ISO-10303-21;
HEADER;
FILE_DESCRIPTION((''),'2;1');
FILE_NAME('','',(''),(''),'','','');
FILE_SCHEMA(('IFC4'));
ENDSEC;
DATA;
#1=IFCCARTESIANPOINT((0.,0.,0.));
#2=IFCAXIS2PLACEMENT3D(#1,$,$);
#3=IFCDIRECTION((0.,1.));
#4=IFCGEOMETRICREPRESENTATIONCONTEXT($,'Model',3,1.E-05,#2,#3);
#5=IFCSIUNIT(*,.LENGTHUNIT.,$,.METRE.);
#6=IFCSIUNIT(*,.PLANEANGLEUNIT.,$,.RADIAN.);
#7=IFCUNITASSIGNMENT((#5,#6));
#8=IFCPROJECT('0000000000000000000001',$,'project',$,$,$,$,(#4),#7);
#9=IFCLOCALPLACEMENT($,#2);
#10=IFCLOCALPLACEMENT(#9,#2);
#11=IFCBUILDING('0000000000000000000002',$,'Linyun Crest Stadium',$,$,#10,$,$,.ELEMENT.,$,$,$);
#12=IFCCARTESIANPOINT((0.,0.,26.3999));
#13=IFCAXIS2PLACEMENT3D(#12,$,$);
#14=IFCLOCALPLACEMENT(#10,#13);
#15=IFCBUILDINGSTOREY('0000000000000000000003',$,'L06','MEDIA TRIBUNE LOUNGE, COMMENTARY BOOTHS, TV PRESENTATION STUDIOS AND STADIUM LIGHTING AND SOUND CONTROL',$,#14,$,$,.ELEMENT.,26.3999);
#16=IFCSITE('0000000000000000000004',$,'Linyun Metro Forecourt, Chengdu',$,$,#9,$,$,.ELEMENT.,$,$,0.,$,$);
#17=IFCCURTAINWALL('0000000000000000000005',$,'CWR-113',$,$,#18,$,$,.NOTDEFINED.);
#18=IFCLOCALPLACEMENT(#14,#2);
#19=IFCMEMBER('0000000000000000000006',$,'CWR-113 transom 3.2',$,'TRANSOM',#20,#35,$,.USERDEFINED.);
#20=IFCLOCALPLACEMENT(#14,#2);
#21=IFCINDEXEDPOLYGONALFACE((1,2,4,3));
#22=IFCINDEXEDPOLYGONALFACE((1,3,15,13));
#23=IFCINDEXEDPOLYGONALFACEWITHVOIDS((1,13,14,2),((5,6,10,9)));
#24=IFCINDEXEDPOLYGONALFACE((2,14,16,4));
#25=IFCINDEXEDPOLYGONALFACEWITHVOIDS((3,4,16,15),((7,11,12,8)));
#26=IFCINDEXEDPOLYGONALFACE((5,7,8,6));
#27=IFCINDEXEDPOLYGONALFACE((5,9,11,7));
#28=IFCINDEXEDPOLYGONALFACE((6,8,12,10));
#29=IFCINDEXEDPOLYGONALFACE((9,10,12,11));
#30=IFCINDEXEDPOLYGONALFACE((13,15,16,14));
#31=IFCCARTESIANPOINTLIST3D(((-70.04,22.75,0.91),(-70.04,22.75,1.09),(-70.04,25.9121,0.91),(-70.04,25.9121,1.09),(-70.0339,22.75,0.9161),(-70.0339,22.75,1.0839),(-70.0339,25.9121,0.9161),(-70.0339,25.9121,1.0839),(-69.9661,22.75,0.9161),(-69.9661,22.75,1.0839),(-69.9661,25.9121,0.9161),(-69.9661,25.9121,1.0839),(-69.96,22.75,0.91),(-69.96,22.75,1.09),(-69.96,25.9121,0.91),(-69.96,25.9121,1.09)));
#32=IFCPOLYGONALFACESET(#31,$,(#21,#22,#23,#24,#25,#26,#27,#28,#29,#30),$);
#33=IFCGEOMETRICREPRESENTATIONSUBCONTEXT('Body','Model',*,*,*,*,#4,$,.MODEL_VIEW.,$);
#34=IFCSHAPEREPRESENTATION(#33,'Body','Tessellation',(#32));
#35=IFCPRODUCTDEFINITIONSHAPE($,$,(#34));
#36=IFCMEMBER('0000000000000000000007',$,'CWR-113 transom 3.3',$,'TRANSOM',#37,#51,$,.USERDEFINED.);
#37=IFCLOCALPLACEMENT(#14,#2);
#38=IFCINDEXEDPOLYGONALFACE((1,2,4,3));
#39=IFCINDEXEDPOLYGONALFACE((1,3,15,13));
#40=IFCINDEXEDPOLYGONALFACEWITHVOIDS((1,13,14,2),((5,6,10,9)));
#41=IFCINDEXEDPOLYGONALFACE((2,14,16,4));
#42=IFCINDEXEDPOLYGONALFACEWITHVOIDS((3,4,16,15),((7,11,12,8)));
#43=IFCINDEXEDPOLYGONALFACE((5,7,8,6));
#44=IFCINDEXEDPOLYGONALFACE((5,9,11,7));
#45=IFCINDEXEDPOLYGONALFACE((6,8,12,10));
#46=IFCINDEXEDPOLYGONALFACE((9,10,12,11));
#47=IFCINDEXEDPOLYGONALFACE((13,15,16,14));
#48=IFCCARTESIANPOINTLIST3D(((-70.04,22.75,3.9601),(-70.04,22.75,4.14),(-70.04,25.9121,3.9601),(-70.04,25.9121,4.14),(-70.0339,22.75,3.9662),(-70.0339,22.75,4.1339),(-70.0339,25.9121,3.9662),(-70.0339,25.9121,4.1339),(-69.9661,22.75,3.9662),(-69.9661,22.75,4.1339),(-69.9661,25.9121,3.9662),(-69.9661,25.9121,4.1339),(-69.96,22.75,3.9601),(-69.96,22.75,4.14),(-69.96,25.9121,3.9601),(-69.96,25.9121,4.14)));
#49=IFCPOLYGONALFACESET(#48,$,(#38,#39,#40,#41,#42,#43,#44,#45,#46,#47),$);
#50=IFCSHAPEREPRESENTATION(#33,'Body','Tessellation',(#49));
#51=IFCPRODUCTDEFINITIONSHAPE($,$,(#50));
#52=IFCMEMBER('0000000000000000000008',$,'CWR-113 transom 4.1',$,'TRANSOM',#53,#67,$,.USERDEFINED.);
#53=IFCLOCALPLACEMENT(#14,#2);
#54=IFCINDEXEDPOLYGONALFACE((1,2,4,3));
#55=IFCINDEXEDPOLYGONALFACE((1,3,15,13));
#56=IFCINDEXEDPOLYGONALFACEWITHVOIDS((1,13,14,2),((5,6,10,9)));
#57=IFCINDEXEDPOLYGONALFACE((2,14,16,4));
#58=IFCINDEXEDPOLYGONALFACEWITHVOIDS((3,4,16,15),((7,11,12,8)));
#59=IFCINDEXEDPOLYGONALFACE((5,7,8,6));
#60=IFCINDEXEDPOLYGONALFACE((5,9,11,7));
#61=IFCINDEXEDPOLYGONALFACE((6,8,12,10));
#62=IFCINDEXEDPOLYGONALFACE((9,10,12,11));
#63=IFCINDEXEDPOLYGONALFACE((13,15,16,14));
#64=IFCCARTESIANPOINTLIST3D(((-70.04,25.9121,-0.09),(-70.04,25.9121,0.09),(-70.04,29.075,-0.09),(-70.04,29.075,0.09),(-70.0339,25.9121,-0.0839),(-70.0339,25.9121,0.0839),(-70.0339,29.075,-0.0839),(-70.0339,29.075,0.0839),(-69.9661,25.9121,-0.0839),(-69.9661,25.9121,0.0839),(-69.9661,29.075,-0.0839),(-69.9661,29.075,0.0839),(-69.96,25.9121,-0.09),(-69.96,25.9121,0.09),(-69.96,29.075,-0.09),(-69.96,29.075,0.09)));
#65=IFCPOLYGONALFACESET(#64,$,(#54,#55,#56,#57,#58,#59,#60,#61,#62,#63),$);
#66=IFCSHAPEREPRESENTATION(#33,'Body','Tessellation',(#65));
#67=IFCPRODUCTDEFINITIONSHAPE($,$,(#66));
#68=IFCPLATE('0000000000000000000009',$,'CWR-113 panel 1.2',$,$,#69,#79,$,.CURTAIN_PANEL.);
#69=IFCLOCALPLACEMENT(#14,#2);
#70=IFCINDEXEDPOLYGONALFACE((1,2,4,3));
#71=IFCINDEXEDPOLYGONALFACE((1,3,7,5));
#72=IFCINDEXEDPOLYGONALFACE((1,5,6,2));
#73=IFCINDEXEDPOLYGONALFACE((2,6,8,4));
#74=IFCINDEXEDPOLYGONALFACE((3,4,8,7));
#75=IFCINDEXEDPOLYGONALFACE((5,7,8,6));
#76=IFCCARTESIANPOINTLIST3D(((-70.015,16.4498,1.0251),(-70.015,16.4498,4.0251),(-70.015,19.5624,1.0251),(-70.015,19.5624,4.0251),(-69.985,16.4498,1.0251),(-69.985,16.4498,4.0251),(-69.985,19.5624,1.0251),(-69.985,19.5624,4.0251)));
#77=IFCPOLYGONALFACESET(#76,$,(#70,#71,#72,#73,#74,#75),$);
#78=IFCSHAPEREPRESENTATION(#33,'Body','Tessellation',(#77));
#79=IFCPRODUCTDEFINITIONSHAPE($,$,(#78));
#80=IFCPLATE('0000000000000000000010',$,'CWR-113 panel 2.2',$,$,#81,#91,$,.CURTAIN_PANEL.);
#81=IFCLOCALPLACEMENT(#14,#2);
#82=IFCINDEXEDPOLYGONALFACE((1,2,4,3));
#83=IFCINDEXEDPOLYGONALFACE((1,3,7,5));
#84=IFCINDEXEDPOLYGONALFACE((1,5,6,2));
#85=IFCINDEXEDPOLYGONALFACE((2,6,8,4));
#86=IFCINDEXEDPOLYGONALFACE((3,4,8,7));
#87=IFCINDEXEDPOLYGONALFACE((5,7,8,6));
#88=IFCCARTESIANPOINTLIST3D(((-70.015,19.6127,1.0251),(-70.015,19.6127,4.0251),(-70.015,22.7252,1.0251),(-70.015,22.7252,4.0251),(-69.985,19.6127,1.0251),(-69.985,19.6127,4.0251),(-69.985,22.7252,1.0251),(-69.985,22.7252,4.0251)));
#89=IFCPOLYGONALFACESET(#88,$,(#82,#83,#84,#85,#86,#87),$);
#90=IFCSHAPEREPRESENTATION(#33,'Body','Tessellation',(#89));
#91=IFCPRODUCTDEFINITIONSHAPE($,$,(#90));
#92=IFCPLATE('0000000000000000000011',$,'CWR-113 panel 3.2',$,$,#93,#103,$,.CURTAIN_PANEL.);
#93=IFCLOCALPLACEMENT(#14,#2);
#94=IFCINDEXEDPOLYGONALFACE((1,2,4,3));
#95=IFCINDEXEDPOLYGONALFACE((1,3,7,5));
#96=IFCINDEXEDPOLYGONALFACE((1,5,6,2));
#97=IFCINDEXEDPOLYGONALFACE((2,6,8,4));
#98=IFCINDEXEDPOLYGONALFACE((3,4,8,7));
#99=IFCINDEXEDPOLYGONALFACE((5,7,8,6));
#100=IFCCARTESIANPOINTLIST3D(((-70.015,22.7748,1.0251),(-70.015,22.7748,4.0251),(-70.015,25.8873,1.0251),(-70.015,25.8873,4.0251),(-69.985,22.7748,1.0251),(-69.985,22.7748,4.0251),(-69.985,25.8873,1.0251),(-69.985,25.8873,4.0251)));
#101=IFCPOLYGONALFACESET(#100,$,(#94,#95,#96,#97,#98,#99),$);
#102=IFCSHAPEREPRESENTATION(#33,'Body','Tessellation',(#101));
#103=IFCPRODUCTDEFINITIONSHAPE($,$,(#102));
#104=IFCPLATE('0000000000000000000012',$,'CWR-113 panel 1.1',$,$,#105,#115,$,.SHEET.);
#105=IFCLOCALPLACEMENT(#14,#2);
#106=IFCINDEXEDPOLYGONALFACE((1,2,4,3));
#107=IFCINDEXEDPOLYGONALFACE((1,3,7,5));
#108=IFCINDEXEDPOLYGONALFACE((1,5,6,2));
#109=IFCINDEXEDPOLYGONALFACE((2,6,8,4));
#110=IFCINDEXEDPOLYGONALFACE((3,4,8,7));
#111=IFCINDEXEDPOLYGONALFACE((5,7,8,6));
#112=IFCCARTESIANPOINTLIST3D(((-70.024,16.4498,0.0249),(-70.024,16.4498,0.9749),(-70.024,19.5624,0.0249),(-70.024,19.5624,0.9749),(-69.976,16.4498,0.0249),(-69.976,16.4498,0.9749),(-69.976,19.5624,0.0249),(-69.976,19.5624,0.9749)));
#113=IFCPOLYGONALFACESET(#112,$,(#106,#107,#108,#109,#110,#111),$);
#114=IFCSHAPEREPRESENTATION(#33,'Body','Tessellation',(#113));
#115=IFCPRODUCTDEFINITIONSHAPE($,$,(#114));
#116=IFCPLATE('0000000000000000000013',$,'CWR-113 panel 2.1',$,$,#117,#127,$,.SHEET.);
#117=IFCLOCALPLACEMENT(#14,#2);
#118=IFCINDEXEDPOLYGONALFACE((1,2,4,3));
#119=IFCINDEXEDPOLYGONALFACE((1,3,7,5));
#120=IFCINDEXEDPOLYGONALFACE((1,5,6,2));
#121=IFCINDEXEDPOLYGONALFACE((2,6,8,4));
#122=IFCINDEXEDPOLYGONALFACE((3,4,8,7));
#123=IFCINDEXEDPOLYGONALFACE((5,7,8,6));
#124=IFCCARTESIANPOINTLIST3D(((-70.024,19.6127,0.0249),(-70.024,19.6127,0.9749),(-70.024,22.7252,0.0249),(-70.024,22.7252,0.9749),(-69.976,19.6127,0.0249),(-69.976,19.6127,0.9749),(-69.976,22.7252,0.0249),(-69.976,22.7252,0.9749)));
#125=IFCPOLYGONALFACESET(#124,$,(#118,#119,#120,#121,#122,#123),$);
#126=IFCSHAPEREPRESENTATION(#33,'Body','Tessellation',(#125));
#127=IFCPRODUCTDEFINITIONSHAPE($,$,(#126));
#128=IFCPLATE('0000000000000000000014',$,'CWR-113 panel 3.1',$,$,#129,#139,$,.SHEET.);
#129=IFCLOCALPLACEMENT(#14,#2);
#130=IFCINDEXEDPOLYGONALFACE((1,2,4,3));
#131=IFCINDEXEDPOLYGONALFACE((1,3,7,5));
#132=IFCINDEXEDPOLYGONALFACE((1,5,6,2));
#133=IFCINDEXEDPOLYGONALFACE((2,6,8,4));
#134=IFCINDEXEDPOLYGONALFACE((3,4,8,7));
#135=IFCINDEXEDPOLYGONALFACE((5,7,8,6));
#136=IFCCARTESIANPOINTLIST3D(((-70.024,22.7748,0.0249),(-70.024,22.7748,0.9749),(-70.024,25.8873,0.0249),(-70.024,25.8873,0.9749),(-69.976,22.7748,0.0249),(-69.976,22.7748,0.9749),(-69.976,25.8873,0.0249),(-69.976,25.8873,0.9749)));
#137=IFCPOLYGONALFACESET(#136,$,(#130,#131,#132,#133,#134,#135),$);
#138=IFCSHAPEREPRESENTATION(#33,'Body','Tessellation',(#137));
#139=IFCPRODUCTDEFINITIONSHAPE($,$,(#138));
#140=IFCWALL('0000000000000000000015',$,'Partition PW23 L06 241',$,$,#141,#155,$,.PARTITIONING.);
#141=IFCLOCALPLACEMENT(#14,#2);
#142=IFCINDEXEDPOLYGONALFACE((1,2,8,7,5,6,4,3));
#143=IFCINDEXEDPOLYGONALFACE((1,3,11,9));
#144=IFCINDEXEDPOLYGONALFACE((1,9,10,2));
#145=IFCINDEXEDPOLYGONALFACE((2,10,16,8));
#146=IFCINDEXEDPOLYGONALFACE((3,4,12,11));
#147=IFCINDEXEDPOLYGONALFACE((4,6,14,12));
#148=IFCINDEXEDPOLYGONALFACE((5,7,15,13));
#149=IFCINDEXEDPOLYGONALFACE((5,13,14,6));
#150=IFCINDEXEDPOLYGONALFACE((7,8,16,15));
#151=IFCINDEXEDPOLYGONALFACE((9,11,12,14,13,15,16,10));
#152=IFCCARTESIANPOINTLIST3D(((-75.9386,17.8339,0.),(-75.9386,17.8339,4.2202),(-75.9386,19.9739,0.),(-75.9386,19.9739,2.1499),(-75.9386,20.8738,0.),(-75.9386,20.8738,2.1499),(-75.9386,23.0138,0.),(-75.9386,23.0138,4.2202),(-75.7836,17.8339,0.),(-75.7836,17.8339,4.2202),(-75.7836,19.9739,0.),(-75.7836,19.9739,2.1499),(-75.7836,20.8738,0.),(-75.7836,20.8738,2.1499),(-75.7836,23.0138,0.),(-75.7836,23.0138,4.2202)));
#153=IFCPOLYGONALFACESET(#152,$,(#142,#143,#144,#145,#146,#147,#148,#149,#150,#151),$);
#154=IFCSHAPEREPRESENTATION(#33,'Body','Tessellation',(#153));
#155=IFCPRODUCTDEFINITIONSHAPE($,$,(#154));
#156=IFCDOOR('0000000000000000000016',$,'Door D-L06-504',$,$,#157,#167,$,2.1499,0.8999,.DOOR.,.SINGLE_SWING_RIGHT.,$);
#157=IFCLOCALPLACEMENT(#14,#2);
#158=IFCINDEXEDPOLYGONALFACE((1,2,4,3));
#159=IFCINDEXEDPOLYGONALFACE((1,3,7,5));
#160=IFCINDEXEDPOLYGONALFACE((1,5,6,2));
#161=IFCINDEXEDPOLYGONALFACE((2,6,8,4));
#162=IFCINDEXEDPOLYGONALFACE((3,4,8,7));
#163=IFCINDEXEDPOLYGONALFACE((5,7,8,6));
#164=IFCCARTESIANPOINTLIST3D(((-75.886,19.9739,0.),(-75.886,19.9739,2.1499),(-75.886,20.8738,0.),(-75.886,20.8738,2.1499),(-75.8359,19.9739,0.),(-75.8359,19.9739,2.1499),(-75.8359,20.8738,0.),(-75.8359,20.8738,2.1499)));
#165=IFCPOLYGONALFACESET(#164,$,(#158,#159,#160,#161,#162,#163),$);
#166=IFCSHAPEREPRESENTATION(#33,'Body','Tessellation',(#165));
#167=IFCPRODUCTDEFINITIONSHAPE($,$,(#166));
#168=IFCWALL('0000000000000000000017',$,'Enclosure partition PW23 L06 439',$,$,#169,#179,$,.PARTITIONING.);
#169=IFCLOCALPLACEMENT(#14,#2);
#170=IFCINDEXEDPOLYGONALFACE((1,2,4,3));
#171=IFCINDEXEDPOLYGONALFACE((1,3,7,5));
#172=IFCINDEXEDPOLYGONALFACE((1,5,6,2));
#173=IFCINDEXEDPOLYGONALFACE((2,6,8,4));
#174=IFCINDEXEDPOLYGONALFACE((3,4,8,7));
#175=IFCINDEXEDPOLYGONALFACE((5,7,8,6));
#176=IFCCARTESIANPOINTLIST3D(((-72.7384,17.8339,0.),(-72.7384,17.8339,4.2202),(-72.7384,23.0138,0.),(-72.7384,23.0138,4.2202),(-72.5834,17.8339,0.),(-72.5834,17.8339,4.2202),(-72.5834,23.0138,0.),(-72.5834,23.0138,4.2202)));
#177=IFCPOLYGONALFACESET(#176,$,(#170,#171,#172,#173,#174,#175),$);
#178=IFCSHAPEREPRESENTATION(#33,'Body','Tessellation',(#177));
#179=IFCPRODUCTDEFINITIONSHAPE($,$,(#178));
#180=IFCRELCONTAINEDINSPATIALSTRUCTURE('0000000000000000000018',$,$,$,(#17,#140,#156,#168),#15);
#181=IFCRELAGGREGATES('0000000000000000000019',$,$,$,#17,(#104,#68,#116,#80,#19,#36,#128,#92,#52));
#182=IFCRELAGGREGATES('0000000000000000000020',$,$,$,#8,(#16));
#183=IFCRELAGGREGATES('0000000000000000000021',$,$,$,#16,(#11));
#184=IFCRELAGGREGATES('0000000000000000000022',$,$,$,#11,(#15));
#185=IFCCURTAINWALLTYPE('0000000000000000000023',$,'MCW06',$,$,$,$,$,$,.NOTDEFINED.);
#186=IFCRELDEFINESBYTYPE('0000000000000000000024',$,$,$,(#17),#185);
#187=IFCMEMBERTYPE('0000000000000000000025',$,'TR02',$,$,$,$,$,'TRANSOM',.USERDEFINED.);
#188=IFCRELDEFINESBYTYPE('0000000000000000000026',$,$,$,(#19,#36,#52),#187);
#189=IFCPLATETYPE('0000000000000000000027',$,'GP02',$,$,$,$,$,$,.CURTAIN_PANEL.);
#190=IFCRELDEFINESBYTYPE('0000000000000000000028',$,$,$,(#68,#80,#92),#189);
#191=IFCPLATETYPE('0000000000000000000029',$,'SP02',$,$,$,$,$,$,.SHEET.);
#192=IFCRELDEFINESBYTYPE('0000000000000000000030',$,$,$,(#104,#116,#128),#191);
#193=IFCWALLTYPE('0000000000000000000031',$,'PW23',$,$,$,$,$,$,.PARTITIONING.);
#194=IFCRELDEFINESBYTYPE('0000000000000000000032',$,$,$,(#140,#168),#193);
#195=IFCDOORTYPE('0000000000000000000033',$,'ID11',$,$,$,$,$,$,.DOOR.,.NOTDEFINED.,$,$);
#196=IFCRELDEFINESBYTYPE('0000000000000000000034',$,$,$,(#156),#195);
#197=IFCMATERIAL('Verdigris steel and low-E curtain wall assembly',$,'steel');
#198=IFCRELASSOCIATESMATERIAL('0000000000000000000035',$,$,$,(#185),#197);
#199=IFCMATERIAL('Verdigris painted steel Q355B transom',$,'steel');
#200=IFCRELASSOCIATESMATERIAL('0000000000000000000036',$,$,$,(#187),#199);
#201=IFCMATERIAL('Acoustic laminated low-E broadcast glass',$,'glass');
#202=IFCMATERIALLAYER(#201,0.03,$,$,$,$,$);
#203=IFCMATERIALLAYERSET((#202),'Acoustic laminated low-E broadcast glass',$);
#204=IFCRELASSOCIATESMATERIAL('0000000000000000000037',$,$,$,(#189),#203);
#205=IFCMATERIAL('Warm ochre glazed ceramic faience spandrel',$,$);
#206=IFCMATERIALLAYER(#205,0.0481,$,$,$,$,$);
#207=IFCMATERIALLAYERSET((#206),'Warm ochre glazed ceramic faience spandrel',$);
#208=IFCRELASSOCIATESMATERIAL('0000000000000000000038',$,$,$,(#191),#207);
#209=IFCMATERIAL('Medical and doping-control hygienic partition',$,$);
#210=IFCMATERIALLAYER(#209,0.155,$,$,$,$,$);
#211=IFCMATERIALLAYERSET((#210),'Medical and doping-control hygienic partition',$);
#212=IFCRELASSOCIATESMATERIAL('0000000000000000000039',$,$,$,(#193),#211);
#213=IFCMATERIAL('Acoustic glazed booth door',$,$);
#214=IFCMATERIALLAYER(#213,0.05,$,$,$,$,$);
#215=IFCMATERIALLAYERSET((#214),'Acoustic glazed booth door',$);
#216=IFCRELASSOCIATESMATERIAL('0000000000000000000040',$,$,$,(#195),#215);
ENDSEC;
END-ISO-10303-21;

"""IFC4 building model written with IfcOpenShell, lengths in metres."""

from ifc_helpers import new_model, si_unit, direction, frame, frame_2d, origin, origin_2d, place, context, subcontext, project, spatial, rectangle, hollow_rectangle, extrude, material, layer, layer_set, material_profile, profile_set, type_object, element, fill, aggregate, save


model = new_model("IFC4")

# Units and contexts
model_context = context("Model", 3, precision=1e-05, world=origin(), true_north=direction((0.0, 1.0)))
body_context = subcontext(model_context, "Body", "Model", "MODEL_VIEW")
ifc_project = project(units=[si_unit("LENGTHUNIT", "METRE"), si_unit("PLANEANGLEUNIT", "RADIAN")], contexts=[model_context])

# Site, building, storey
site_placement = place(None, origin())
site = spatial("IfcSite", under=ifc_project, at=site_placement, Name="Linyun Metro Forecourt, Chengdu", CompositionType="ELEMENT", RefElevation=0.0)
building_placement = place(site_placement, origin())
building = spatial("IfcBuilding", under=site, at=building_placement, Name="Linyun Crest Stadium", CompositionType="ELEMENT")
storey_placement = place(building_placement, frame((0.0, 0.0, 26.3999)))
storey = spatial("IfcBuildingStorey", under=building, at=storey_placement, Name="L06", Description="MEDIA TRIBUNE LOUNGE, COMMENTARY BOOTHS, TV PRESENTATION STUDIOS AND STADIUM LIGHTING AND SOUND CONTROL", CompositionType="ELEMENT", Elevation=26.3999)

# Curtain wall, members, plates
ifc_material_1 = material(Name="Verdigris steel and low-E curtain wall assembly", Category="steel")
curtain_wall_type = type_object("IfcCurtainWallType", Name="MCW06", PredefinedType="NOTDEFINED", material=ifc_material_1)
curtain_wall_placement = place(storey_placement, origin())
curtain_wall = element("IfcCurtainWall", 1, at=curtain_wall_placement, inside=storey, type_object=curtain_wall_type, Name="CWR-113", PredefinedType="NOTDEFINED")
ifc_material_2 = material(Name="Verdigris painted steel Q355B transom", Category="steel")
ifc_material_profile_1 = material_profile(ifc_material_2, hollow_rectangle(XDim=0.0801, YDim=0.1799, WallThickness=0.0061, at=origin_2d()), Name="RHS 180x80x6")
ifc_profile_set_1 = profile_set([ifc_material_profile_1], Name="Verdigris painted steel Q355B transom")
member_type_1 = type_object("IfcMemberType", Name="TR02", ElementType="TRANSOM", PredefinedType="USERDEFINED", material=ifc_profile_set_1)
member_1_placement = place(storey_placement, frame((-70.0, 22.75, 1.0), z_axis=(0.0, 1.0, 0.0), x_axis=(-1.0, 0.0, 0.0)))
member_1 = element("IfcMember", 2, at=member_1_placement, type_object=member_type_1, Name="CWR-113 transom 3.2", ObjectType="TRANSOM", PredefinedType="USERDEFINED", context=body_context, shape_type="SweptSolid", body=[
    extrude(hollow_rectangle(XDim=0.0801, YDim=0.1799, WallThickness=0.0061, at=origin_2d()), origin(), (0.0, 0.0, 1.0), 3.1621),
])
member_2_placement = place(storey_placement, frame((-70.0, 22.75, 4.05), z_axis=(0.0, 1.0, 0.0), x_axis=(-1.0, 0.0, 0.0)))
member_2 = element("IfcMember", 3, at=member_2_placement, type_object=member_type_1, Name="CWR-113 transom 3.3", ObjectType="TRANSOM", PredefinedType="USERDEFINED", context=body_context, shape_type="SweptSolid", body=[
    extrude(hollow_rectangle(XDim=0.0801, YDim=0.1799, WallThickness=0.0061, at=origin_2d()), origin(), (0.0, 0.0, 1.0), 3.1621),
])
member_3_placement = place(storey_placement, frame((-70.0, 25.9121, 0.0), z_axis=(0.0, 1.0, 0.0), x_axis=(-1.0, 0.0, 0.0)))
member_3 = element("IfcMember", 4, at=member_3_placement, type_object=member_type_1, Name="CWR-113 transom 4.1", ObjectType="TRANSOM", PredefinedType="USERDEFINED", context=body_context, shape_type="SweptSolid", body=[
    extrude(hollow_rectangle(XDim=0.0801, YDim=0.1799, WallThickness=0.0061, at=origin_2d()), origin(), (0.0, 0.0, 1.0), 3.1628),
])
ifc_material_3 = material(Name="Acoustic laminated low-E broadcast glass", Category="glass")
ifc_layer_1 = layer(ifc_material_3, 0.03)
ifc_layer_set_1 = layer_set([ifc_layer_1], Name="Acoustic laminated low-E broadcast glass")
plate_type_1 = type_object("IfcPlateType", Name="GP02", PredefinedType="CURTAIN_PANEL", material=ifc_layer_set_1)
plate_1_placement = place(storey_placement, frame((-70.0, 18.0061, 1.0251), z_axis=(0.0, 0.0, 1.0), x_axis=(0.0, 1.0, 0.0)))
plate_1 = element("IfcPlate", 5, at=plate_1_placement, type_object=plate_type_1, Name="CWR-113 panel 1.2", PredefinedType="CURTAIN_PANEL", context=body_context, shape_type="SweptSolid", body=[
    extrude(rectangle(XDim=3.1125, YDim=0.03, at=origin_2d()), origin(), (0.0, 0.0, 1.0), 3.0),
])
plate_2_placement = place(storey_placement, frame((-70.0, 21.1689, 1.0251), z_axis=(0.0, 0.0, 1.0), x_axis=(0.0, 1.0, 0.0)))
plate_2 = element("IfcPlate", 6, at=plate_2_placement, type_object=plate_type_1, Name="CWR-113 panel 2.2", PredefinedType="CURTAIN_PANEL", context=body_context, shape_type="SweptSolid", body=[
    extrude(rectangle(XDim=3.1125, YDim=0.03, at=origin_2d()), origin(), (0.0, 0.0, 1.0), 3.0),
])
plate_3_placement = place(storey_placement, frame((-70.0, 24.3311, 1.0251), z_axis=(0.0, 0.0, 1.0), x_axis=(0.0, 1.0, 0.0)))
plate_3 = element("IfcPlate", 7, at=plate_3_placement, type_object=plate_type_1, Name="CWR-113 panel 3.2", PredefinedType="CURTAIN_PANEL", context=body_context, shape_type="SweptSolid", body=[
    extrude(rectangle(XDim=3.1125, YDim=0.03, at=origin_2d()), origin(), (0.0, 0.0, 1.0), 3.0),
])
ifc_material_4 = material(Name="Warm ochre glazed ceramic faience spandrel")
ifc_layer_2 = layer(ifc_material_4, 0.0481)
ifc_layer_set_2 = layer_set([ifc_layer_2], Name="Warm ochre glazed ceramic faience spandrel")
plate_type_2 = type_object("IfcPlateType", Name="SP02", PredefinedType="SHEET", material=ifc_layer_set_2)
plate_4_placement = place(storey_placement, frame((-70.0, 18.0061, 0.0249), z_axis=(0.0, 0.0, 1.0), x_axis=(0.0, 1.0, 0.0)))
plate_4 = element("IfcPlate", 8, at=plate_4_placement, type_object=plate_type_2, Name="CWR-113 panel 1.1", PredefinedType="SHEET", context=body_context, shape_type="SweptSolid", body=[
    extrude(rectangle(XDim=3.1125, YDim=0.0481, at=origin_2d()), origin(), (0.0, 0.0, 1.0), 0.95),
])
plate_5_placement = place(storey_placement, frame((-70.0, 21.1689, 0.0249), z_axis=(0.0, 0.0, 1.0), x_axis=(0.0, 1.0, 0.0)))
plate_5 = element("IfcPlate", 9, at=plate_5_placement, type_object=plate_type_2, Name="CWR-113 panel 2.1", PredefinedType="SHEET", context=body_context, shape_type="SweptSolid", body=[
    extrude(rectangle(XDim=3.1125, YDim=0.0481, at=origin_2d()), origin(), (0.0, 0.0, 1.0), 0.95),
])
plate_6_placement = place(storey_placement, frame((-70.0, 24.3311, 0.0249), z_axis=(0.0, 0.0, 1.0), x_axis=(0.0, 1.0, 0.0)))
plate_6 = element("IfcPlate", 10, at=plate_6_placement, type_object=plate_type_2, Name="CWR-113 panel 3.1", PredefinedType="SHEET", context=body_context, shape_type="SweptSolid", body=[
    extrude(rectangle(XDim=3.1125, YDim=0.0481, at=origin_2d()), origin(), (0.0, 0.0, 1.0), 0.95),
])
aggregate(curtain_wall, [plate_4, plate_1, plate_5, plate_2, member_1, member_2, plate_6, plate_3, member_3])

# Wall, opening, door
ifc_material_5 = material(Name="Medical and doping-control hygienic partition")
ifc_layer_3 = layer(ifc_material_5, 0.155)
ifc_layer_set_3 = layer_set([ifc_layer_3], Name="Medical and doping-control hygienic partition")
wall_type = type_object("IfcWallType", Name="PW23", PredefinedType="PARTITIONING", material=ifc_layer_set_3)
wall_1_placement = place(storey_placement, frame((-75.8611, 17.834, 0.0), z_axis=(0.0, 0.0, 1.0), x_axis=(0.0, 1.0, 0.0)))
wall_1 = element("IfcWall", 11, at=wall_1_placement, inside=storey, type_object=wall_type, Name="Partition PW23 L06 241", PredefinedType="PARTITIONING", context=body_context, shape_type="SweptSolid", body=[
    extrude(rectangle(XDim=5.1799, YDim=0.155, at=frame_2d((2.5898, 0.0))), origin(), (0.0, 0.0, 1.0), 4.2202),
])
opening_placement = place(wall_1_placement, frame((2.1399, 0.0, 0.0)))
opening = element("IfcOpeningElement", 12, at=opening_placement, cuts=wall_1, PredefinedType="OPENING", context=body_context, shape_type="SweptSolid", body=[
    extrude(rectangle(XDim=0.8999, YDim=2.1499, at=frame_2d((0.45, 1.075))), frame((0.0, 0.0874, 0.0), z_axis=(0.0, -1.0, 0.0), x_axis=(1.0, 0.0, 0.0)), (0.0, 0.0, 1.0), 0.175),
])
ifc_material_6 = material(Name="Acoustic glazed booth door")
ifc_layer_4 = layer(ifc_material_6, 0.05)
ifc_layer_set_4 = layer_set([ifc_layer_4], Name="Acoustic glazed booth door")
door_type = type_object("IfcDoorType", Name="ID11", OperationType="NOTDEFINED", PredefinedType="DOOR", material=ifc_layer_set_4)
door_placement = place(opening_placement, origin())
door = element("IfcDoor", 13, at=door_placement, inside=storey, type_object=door_type, Name="Door D-L06-504", OperationType="SINGLE_SWING_RIGHT", OverallHeight=2.1499, OverallWidth=0.8999, PredefinedType="DOOR", context=body_context, shape_type="SweptSolid", body=[
    extrude(rectangle(XDim=0.8999, YDim=2.1499, at=frame_2d((0.45, 1.075))), frame((0.0, 0.0249, 0.0), z_axis=(0.0, -1.0, 0.0), x_axis=(1.0, 0.0, 0.0)), (0.0, 0.0, 1.0), 0.05),
])
fill(opening, door)

# Wall
wall_2_placement = place(storey_placement, frame((-72.6609, 17.834, 0.0), z_axis=(0.0, 0.0, 1.0), x_axis=(0.0, 1.0, 0.0)))
element("IfcWall", 14, at=wall_2_placement, inside=storey, type_object=wall_type, Name="Enclosure partition PW23 L06 439", PredefinedType="PARTITIONING", context=body_context, shape_type="SweptSolid", body=[
    extrude(rectangle(XDim=5.1799, YDim=0.155, at=frame_2d((2.5898, 0.0))), origin(), (0.0, 0.0, 1.0), 4.2202),
])

save(model, "model.ifc")
